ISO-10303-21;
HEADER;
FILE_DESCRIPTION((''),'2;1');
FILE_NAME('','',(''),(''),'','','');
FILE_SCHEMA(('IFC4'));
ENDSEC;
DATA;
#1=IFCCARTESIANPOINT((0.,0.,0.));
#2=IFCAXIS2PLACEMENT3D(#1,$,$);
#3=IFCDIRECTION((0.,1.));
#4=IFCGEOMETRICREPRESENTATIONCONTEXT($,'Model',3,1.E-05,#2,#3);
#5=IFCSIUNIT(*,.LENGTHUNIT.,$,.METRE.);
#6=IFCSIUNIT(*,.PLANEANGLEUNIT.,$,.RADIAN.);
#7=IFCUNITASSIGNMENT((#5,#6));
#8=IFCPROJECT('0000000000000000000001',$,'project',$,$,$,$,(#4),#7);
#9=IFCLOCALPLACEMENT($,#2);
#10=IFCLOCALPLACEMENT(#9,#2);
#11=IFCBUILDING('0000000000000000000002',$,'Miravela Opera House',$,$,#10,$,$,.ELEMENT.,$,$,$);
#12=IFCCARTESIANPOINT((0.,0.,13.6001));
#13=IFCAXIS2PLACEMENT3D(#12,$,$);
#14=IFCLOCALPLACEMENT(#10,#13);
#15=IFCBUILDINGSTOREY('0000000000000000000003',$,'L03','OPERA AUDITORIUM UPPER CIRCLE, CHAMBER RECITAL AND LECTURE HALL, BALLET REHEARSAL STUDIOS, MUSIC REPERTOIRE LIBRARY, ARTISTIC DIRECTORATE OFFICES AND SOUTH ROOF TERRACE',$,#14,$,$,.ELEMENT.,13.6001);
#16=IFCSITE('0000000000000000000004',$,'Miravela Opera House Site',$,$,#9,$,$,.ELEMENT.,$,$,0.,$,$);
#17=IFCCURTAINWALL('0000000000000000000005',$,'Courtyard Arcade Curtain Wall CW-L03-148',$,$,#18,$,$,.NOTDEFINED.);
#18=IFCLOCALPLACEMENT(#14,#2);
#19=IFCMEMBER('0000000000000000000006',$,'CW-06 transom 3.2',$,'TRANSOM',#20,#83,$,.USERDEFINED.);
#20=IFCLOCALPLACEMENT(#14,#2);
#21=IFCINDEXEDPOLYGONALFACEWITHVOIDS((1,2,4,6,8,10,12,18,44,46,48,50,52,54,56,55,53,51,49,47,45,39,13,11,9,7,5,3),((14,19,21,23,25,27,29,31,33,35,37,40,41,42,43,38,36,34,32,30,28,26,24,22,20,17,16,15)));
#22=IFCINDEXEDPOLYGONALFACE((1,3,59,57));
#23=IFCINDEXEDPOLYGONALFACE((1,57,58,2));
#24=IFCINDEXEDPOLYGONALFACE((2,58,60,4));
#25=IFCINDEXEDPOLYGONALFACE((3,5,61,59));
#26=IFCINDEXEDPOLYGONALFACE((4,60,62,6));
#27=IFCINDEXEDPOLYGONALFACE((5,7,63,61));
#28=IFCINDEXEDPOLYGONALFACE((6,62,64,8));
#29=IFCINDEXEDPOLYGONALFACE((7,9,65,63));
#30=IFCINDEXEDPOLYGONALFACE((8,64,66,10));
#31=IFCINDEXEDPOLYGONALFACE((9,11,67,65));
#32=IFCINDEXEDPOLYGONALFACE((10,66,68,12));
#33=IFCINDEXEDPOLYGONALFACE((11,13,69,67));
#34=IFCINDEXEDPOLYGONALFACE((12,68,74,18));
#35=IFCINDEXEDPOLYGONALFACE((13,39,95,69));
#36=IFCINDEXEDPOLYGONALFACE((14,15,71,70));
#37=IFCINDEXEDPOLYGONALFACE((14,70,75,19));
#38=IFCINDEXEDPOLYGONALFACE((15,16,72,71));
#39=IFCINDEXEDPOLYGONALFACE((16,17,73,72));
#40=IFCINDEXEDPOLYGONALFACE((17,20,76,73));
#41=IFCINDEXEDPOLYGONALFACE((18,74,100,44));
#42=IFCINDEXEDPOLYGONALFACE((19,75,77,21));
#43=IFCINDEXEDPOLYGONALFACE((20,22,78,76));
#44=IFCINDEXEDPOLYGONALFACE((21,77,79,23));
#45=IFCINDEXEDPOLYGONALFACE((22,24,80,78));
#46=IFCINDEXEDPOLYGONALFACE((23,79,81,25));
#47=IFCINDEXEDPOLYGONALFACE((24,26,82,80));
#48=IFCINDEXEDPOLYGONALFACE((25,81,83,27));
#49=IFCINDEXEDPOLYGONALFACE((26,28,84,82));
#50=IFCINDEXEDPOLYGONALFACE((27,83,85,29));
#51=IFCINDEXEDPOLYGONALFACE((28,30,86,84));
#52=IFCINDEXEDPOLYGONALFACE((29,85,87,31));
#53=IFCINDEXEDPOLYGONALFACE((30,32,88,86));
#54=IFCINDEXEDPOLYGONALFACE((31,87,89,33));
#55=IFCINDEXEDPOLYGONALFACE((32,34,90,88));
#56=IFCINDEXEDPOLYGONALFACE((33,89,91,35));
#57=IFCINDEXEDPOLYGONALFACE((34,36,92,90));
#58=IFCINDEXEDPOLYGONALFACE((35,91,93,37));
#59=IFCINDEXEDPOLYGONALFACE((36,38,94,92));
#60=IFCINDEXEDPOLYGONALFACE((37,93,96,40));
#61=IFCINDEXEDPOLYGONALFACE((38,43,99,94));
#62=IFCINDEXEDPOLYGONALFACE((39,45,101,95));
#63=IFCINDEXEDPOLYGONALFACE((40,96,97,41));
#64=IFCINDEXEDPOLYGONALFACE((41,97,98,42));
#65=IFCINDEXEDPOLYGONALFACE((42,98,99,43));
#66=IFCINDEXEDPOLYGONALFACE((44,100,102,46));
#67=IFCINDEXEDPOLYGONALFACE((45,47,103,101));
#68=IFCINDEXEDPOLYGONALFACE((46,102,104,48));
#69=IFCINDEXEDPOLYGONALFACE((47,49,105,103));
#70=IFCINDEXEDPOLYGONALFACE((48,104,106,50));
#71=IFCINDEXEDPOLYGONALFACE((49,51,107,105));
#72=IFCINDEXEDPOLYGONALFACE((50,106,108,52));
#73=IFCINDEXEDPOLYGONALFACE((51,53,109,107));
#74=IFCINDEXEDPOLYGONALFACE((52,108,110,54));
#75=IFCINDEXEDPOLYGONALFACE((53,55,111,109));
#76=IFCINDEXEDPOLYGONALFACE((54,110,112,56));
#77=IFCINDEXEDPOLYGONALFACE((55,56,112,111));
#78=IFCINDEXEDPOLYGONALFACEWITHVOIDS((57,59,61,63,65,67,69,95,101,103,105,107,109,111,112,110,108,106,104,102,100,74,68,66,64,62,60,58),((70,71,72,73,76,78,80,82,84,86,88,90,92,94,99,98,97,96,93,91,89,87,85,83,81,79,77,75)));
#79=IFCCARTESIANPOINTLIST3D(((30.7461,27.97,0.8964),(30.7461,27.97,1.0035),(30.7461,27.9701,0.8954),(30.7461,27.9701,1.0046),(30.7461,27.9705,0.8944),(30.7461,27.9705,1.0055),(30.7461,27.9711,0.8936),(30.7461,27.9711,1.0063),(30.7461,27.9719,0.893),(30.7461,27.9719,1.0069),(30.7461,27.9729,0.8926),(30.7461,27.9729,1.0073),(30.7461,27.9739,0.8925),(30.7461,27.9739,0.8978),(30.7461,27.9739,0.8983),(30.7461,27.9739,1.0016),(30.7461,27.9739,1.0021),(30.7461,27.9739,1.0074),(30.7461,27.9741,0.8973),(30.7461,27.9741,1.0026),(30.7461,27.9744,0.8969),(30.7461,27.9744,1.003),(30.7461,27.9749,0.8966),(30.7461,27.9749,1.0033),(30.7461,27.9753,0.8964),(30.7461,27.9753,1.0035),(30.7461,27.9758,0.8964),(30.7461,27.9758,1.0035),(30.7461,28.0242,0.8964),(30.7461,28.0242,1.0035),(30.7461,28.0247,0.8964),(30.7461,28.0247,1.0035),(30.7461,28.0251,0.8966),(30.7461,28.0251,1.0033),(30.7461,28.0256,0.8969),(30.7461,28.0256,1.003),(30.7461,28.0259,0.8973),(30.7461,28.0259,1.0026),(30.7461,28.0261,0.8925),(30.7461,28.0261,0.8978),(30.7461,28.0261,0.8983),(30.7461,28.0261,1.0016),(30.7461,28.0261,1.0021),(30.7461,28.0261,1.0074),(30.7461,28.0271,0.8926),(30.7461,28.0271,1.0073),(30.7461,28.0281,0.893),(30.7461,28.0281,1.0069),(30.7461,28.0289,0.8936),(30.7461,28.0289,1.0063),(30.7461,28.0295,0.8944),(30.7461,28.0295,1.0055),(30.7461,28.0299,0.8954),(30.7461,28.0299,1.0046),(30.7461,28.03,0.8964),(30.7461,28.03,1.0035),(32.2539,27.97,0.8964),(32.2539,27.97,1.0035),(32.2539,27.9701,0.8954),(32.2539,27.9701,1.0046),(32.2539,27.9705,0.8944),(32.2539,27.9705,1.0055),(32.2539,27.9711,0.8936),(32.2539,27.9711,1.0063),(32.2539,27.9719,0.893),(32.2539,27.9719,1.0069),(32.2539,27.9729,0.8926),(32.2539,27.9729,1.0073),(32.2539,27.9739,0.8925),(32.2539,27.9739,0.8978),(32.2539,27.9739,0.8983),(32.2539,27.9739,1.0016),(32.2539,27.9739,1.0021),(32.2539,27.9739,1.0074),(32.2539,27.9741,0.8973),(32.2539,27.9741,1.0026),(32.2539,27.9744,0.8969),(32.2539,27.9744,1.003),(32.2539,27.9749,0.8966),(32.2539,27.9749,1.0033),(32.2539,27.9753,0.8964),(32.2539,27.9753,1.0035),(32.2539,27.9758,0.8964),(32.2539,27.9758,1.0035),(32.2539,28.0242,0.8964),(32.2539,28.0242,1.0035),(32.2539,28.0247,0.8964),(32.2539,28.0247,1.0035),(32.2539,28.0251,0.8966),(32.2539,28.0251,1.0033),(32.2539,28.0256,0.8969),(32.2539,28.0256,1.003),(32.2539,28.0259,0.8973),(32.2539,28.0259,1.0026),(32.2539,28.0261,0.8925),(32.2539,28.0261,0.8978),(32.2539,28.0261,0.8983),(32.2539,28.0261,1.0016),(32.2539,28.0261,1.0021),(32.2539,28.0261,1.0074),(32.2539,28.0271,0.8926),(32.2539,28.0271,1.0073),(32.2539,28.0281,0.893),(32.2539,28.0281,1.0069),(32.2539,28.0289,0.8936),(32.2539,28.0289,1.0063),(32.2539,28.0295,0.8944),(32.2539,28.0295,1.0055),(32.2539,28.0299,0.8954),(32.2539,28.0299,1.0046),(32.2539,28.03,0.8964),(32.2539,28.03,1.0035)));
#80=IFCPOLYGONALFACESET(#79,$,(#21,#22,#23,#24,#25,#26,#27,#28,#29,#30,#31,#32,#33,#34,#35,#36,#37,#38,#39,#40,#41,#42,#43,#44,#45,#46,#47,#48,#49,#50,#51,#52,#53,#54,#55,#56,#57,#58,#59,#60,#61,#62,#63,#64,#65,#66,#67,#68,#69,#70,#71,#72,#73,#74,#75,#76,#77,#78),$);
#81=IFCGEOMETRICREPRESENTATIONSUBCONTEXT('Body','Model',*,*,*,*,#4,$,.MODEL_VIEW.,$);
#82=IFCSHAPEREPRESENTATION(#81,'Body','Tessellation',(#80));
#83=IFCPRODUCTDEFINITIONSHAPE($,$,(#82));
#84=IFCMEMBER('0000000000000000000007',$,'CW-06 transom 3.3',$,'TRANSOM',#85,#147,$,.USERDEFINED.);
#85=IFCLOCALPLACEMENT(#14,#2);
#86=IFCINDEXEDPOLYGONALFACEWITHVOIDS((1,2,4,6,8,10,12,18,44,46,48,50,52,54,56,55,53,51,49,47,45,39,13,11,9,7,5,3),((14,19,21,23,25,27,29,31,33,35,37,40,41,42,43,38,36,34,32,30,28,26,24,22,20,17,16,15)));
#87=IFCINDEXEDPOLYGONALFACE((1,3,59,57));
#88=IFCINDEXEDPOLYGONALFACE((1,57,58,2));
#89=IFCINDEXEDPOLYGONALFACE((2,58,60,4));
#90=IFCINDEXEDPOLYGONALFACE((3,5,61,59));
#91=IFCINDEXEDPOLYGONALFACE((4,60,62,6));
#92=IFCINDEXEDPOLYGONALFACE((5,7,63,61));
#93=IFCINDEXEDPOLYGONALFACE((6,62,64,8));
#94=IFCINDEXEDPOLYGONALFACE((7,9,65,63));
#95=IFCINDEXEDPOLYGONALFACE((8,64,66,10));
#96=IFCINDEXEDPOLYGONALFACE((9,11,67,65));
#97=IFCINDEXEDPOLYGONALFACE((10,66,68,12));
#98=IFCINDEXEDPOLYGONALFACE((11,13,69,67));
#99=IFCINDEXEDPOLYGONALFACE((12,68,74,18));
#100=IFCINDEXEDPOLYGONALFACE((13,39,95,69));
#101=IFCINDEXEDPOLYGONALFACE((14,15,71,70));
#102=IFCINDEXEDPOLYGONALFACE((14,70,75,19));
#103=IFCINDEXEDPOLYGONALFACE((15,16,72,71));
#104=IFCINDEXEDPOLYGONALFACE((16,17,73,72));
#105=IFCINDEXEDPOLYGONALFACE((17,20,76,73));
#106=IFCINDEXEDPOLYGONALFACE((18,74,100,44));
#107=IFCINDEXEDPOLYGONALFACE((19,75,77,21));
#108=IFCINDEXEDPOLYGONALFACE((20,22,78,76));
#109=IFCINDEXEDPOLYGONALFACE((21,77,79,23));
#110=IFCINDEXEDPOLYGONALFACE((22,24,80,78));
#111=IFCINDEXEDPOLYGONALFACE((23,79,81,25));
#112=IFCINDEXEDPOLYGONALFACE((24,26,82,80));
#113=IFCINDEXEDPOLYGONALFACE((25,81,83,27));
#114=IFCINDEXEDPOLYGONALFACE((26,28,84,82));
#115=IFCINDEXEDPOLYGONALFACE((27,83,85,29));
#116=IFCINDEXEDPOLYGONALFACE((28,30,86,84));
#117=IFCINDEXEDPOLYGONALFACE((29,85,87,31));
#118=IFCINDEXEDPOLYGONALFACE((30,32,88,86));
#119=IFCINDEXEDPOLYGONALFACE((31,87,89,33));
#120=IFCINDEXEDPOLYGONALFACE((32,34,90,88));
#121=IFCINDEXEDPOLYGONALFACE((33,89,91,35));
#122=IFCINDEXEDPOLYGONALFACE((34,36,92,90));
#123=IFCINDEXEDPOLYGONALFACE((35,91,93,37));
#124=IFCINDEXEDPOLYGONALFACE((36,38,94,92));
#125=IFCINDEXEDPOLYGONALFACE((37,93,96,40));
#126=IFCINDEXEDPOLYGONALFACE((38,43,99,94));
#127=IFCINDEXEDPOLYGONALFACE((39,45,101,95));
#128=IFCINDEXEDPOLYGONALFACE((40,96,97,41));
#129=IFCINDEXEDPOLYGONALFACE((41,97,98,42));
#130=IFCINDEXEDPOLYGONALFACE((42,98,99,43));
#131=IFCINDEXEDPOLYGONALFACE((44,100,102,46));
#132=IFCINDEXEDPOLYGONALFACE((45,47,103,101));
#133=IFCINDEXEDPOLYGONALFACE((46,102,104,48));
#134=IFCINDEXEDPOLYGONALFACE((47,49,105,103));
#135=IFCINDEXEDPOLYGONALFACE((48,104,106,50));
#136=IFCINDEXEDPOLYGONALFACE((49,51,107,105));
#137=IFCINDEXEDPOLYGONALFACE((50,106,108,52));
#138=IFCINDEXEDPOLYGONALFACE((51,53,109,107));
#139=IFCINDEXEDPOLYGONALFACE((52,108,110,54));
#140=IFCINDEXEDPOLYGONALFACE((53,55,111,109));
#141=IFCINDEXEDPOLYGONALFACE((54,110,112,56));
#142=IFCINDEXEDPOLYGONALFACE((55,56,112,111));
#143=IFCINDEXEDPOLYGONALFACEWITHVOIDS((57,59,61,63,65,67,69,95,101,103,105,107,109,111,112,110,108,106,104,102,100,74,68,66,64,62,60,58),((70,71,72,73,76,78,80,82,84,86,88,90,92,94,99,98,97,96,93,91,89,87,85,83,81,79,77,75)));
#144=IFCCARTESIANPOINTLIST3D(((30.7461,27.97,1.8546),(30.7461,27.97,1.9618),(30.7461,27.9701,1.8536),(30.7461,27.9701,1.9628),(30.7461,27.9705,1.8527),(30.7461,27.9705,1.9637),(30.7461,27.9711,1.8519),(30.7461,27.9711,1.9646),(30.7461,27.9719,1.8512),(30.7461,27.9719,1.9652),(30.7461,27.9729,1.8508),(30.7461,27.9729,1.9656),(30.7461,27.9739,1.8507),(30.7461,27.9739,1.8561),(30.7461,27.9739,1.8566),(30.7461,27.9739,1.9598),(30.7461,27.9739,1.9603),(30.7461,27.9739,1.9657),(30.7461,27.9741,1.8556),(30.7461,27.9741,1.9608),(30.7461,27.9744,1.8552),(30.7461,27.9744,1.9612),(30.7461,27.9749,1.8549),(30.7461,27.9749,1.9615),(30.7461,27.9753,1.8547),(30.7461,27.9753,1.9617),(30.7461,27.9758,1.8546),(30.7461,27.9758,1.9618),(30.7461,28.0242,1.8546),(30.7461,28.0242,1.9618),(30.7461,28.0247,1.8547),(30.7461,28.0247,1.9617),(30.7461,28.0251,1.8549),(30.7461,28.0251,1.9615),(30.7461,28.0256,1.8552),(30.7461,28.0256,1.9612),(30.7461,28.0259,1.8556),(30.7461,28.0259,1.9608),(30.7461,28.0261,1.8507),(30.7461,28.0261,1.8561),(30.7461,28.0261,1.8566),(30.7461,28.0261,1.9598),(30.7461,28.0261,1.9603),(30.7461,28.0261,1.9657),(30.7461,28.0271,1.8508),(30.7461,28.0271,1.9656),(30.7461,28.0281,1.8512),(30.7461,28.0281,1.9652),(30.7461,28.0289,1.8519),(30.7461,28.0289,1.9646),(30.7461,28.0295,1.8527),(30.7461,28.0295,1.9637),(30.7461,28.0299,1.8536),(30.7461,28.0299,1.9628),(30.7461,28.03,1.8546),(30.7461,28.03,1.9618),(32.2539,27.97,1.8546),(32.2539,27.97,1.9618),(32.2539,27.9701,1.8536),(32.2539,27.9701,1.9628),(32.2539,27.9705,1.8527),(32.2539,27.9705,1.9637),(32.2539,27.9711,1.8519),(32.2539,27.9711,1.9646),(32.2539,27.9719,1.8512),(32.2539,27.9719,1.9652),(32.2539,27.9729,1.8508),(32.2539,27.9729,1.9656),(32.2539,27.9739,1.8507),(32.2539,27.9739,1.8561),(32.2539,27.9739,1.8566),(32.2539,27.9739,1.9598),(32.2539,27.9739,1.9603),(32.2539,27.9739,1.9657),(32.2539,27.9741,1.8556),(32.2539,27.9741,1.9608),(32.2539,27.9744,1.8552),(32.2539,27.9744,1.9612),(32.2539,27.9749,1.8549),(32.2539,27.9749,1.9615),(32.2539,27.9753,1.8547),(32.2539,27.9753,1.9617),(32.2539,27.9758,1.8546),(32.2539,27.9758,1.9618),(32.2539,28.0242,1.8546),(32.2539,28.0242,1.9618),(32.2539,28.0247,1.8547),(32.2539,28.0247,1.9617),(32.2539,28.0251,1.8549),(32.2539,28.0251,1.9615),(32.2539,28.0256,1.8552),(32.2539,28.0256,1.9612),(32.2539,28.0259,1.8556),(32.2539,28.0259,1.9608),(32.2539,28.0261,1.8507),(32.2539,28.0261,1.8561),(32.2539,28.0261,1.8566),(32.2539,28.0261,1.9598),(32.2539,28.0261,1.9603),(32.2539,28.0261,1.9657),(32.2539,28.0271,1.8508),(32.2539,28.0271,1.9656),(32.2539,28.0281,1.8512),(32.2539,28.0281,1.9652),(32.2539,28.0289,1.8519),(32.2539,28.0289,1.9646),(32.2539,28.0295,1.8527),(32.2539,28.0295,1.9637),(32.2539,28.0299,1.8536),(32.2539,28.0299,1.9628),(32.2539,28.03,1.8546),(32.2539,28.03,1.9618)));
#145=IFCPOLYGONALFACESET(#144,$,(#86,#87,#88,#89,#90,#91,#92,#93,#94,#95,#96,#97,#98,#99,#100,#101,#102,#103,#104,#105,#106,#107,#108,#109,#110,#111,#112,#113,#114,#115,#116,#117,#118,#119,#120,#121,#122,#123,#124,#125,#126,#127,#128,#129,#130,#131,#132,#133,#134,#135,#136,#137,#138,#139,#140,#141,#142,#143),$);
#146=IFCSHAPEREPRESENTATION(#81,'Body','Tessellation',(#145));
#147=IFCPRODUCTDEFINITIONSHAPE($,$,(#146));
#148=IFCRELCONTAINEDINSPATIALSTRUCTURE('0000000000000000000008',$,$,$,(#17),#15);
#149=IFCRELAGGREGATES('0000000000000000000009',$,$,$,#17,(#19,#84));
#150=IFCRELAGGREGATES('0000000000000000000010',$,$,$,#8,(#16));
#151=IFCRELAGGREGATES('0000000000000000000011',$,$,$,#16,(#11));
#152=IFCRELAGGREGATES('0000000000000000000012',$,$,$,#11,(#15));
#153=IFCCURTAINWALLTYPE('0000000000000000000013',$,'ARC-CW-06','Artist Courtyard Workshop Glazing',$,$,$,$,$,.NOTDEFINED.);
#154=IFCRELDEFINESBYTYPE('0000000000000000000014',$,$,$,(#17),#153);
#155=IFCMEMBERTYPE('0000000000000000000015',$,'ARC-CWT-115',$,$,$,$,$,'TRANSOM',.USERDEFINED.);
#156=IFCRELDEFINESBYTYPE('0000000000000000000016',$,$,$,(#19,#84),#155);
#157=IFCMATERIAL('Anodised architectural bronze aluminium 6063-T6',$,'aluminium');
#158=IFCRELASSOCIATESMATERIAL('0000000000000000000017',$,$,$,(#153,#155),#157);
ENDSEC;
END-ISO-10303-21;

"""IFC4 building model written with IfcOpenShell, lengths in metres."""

from ifc_helpers import new_model, si_unit, direction, frame, origin, origin_2d, place, context, subcontext, project, spatial, hollow_rectangle, extrude, material, material_profile, profile_set, type_object, element, aggregate, save


model = new_model("IFC4")

# Units and contexts
model_context = context("Model", 3, precision=1e-05, world=origin(), true_north=direction((0.0, 1.0)))
body_context = subcontext(model_context, "Body", "Model", "MODEL_VIEW")
ifc_project = project(units=[si_unit("LENGTHUNIT", "METRE"), si_unit("PLANEANGLEUNIT", "RADIAN")], contexts=[model_context])

# Site, building, storey
site_placement = place(None, origin())
site = spatial("IfcSite", under=ifc_project, at=site_placement, Name="Miravela Opera House Site", CompositionType="ELEMENT", RefElevation=0.0)
building_placement = place(site_placement, origin())
building = spatial("IfcBuilding", under=site, at=building_placement, Name="Miravela Opera House", CompositionType="ELEMENT")
storey_placement = place(building_placement, frame((0.0, 0.0, 13.6001)))
storey = spatial("IfcBuildingStorey", under=building, at=storey_placement, Name="L03", Description="OPERA AUDITORIUM UPPER CIRCLE, CHAMBER RECITAL AND LECTURE HALL, BALLET REHEARSAL STUDIOS, MUSIC REPERTOIRE LIBRARY, ARTISTIC DIRECTORATE OFFICES AND SOUTH ROOF TERRACE", CompositionType="ELEMENT", Elevation=13.6001)

# Curtain wall, members
ifc_material_1 = material(Name="Anodised architectural bronze aluminium 6063-T6", Category="aluminium")
curtain_wall_type = type_object("IfcCurtainWallType", Name="ARC-CW-06", Description="Artist Courtyard Workshop Glazing", PredefinedType="NOTDEFINED", material=ifc_material_1)
curtain_wall_placement = place(storey_placement, origin())
curtain_wall = element("IfcCurtainWall", 1, at=curtain_wall_placement, inside=storey, type_object=curtain_wall_type, Name="Courtyard Arcade Curtain Wall CW-L03-148", PredefinedType="NOTDEFINED")
ifc_material_profile_1 = material_profile(ifc_material_1, hollow_rectangle(XDim=0.0601, YDim=0.115, WallThickness=0.0039, InnerFilletRadius=0.002, OuterFilletRadius=0.0039, at=origin_2d()), Name="CWT-60X115")
ifc_profile_set_1 = profile_set([ifc_material_profile_1])
member_type_1 = type_object("IfcMemberType", Name="ARC-CWT-115", ElementType="TRANSOM", PredefinedType="USERDEFINED", material=ifc_profile_set_1)
member_1_placement = place(storey_placement, frame((30.7461, 28.0, 0.95), z_axis=(1.0, 0.0, 0.0), x_axis=(0.0, 1.0, 0.0)))
member_1 = element("IfcMember", 2, at=member_1_placement, type_object=member_type_1, Name="CW-06 transom 3.2", ObjectType="TRANSOM", PredefinedType="USERDEFINED", context=body_context, shape_type="SweptSolid", body=[
    extrude(hollow_rectangle(XDim=0.0601, YDim=0.115, WallThickness=0.0039, InnerFilletRadius=0.002, OuterFilletRadius=0.0039, at=origin_2d()), origin(), (0.0, 0.0, 1.0), 1.5078),
])
member_2_placement = place(storey_placement, frame((30.7461, 28.0, 1.9082), z_axis=(1.0, 0.0, 0.0), x_axis=(0.0, 1.0, 0.0)))
member_2 = element("IfcMember", 3, at=member_2_placement, type_object=member_type_1, Name="CW-06 transom 3.3", ObjectType="TRANSOM", PredefinedType="USERDEFINED", context=body_context, shape_type="SweptSolid", body=[
    extrude(hollow_rectangle(XDim=0.0601, YDim=0.115, WallThickness=0.0039, InnerFilletRadius=0.002, OuterFilletRadius=0.0039, at=origin_2d()), origin(), (0.0, 0.0, 1.0), 1.5078),
])
aggregate(curtain_wall, [member_1, member_2])

save(model, "model.ifc")
